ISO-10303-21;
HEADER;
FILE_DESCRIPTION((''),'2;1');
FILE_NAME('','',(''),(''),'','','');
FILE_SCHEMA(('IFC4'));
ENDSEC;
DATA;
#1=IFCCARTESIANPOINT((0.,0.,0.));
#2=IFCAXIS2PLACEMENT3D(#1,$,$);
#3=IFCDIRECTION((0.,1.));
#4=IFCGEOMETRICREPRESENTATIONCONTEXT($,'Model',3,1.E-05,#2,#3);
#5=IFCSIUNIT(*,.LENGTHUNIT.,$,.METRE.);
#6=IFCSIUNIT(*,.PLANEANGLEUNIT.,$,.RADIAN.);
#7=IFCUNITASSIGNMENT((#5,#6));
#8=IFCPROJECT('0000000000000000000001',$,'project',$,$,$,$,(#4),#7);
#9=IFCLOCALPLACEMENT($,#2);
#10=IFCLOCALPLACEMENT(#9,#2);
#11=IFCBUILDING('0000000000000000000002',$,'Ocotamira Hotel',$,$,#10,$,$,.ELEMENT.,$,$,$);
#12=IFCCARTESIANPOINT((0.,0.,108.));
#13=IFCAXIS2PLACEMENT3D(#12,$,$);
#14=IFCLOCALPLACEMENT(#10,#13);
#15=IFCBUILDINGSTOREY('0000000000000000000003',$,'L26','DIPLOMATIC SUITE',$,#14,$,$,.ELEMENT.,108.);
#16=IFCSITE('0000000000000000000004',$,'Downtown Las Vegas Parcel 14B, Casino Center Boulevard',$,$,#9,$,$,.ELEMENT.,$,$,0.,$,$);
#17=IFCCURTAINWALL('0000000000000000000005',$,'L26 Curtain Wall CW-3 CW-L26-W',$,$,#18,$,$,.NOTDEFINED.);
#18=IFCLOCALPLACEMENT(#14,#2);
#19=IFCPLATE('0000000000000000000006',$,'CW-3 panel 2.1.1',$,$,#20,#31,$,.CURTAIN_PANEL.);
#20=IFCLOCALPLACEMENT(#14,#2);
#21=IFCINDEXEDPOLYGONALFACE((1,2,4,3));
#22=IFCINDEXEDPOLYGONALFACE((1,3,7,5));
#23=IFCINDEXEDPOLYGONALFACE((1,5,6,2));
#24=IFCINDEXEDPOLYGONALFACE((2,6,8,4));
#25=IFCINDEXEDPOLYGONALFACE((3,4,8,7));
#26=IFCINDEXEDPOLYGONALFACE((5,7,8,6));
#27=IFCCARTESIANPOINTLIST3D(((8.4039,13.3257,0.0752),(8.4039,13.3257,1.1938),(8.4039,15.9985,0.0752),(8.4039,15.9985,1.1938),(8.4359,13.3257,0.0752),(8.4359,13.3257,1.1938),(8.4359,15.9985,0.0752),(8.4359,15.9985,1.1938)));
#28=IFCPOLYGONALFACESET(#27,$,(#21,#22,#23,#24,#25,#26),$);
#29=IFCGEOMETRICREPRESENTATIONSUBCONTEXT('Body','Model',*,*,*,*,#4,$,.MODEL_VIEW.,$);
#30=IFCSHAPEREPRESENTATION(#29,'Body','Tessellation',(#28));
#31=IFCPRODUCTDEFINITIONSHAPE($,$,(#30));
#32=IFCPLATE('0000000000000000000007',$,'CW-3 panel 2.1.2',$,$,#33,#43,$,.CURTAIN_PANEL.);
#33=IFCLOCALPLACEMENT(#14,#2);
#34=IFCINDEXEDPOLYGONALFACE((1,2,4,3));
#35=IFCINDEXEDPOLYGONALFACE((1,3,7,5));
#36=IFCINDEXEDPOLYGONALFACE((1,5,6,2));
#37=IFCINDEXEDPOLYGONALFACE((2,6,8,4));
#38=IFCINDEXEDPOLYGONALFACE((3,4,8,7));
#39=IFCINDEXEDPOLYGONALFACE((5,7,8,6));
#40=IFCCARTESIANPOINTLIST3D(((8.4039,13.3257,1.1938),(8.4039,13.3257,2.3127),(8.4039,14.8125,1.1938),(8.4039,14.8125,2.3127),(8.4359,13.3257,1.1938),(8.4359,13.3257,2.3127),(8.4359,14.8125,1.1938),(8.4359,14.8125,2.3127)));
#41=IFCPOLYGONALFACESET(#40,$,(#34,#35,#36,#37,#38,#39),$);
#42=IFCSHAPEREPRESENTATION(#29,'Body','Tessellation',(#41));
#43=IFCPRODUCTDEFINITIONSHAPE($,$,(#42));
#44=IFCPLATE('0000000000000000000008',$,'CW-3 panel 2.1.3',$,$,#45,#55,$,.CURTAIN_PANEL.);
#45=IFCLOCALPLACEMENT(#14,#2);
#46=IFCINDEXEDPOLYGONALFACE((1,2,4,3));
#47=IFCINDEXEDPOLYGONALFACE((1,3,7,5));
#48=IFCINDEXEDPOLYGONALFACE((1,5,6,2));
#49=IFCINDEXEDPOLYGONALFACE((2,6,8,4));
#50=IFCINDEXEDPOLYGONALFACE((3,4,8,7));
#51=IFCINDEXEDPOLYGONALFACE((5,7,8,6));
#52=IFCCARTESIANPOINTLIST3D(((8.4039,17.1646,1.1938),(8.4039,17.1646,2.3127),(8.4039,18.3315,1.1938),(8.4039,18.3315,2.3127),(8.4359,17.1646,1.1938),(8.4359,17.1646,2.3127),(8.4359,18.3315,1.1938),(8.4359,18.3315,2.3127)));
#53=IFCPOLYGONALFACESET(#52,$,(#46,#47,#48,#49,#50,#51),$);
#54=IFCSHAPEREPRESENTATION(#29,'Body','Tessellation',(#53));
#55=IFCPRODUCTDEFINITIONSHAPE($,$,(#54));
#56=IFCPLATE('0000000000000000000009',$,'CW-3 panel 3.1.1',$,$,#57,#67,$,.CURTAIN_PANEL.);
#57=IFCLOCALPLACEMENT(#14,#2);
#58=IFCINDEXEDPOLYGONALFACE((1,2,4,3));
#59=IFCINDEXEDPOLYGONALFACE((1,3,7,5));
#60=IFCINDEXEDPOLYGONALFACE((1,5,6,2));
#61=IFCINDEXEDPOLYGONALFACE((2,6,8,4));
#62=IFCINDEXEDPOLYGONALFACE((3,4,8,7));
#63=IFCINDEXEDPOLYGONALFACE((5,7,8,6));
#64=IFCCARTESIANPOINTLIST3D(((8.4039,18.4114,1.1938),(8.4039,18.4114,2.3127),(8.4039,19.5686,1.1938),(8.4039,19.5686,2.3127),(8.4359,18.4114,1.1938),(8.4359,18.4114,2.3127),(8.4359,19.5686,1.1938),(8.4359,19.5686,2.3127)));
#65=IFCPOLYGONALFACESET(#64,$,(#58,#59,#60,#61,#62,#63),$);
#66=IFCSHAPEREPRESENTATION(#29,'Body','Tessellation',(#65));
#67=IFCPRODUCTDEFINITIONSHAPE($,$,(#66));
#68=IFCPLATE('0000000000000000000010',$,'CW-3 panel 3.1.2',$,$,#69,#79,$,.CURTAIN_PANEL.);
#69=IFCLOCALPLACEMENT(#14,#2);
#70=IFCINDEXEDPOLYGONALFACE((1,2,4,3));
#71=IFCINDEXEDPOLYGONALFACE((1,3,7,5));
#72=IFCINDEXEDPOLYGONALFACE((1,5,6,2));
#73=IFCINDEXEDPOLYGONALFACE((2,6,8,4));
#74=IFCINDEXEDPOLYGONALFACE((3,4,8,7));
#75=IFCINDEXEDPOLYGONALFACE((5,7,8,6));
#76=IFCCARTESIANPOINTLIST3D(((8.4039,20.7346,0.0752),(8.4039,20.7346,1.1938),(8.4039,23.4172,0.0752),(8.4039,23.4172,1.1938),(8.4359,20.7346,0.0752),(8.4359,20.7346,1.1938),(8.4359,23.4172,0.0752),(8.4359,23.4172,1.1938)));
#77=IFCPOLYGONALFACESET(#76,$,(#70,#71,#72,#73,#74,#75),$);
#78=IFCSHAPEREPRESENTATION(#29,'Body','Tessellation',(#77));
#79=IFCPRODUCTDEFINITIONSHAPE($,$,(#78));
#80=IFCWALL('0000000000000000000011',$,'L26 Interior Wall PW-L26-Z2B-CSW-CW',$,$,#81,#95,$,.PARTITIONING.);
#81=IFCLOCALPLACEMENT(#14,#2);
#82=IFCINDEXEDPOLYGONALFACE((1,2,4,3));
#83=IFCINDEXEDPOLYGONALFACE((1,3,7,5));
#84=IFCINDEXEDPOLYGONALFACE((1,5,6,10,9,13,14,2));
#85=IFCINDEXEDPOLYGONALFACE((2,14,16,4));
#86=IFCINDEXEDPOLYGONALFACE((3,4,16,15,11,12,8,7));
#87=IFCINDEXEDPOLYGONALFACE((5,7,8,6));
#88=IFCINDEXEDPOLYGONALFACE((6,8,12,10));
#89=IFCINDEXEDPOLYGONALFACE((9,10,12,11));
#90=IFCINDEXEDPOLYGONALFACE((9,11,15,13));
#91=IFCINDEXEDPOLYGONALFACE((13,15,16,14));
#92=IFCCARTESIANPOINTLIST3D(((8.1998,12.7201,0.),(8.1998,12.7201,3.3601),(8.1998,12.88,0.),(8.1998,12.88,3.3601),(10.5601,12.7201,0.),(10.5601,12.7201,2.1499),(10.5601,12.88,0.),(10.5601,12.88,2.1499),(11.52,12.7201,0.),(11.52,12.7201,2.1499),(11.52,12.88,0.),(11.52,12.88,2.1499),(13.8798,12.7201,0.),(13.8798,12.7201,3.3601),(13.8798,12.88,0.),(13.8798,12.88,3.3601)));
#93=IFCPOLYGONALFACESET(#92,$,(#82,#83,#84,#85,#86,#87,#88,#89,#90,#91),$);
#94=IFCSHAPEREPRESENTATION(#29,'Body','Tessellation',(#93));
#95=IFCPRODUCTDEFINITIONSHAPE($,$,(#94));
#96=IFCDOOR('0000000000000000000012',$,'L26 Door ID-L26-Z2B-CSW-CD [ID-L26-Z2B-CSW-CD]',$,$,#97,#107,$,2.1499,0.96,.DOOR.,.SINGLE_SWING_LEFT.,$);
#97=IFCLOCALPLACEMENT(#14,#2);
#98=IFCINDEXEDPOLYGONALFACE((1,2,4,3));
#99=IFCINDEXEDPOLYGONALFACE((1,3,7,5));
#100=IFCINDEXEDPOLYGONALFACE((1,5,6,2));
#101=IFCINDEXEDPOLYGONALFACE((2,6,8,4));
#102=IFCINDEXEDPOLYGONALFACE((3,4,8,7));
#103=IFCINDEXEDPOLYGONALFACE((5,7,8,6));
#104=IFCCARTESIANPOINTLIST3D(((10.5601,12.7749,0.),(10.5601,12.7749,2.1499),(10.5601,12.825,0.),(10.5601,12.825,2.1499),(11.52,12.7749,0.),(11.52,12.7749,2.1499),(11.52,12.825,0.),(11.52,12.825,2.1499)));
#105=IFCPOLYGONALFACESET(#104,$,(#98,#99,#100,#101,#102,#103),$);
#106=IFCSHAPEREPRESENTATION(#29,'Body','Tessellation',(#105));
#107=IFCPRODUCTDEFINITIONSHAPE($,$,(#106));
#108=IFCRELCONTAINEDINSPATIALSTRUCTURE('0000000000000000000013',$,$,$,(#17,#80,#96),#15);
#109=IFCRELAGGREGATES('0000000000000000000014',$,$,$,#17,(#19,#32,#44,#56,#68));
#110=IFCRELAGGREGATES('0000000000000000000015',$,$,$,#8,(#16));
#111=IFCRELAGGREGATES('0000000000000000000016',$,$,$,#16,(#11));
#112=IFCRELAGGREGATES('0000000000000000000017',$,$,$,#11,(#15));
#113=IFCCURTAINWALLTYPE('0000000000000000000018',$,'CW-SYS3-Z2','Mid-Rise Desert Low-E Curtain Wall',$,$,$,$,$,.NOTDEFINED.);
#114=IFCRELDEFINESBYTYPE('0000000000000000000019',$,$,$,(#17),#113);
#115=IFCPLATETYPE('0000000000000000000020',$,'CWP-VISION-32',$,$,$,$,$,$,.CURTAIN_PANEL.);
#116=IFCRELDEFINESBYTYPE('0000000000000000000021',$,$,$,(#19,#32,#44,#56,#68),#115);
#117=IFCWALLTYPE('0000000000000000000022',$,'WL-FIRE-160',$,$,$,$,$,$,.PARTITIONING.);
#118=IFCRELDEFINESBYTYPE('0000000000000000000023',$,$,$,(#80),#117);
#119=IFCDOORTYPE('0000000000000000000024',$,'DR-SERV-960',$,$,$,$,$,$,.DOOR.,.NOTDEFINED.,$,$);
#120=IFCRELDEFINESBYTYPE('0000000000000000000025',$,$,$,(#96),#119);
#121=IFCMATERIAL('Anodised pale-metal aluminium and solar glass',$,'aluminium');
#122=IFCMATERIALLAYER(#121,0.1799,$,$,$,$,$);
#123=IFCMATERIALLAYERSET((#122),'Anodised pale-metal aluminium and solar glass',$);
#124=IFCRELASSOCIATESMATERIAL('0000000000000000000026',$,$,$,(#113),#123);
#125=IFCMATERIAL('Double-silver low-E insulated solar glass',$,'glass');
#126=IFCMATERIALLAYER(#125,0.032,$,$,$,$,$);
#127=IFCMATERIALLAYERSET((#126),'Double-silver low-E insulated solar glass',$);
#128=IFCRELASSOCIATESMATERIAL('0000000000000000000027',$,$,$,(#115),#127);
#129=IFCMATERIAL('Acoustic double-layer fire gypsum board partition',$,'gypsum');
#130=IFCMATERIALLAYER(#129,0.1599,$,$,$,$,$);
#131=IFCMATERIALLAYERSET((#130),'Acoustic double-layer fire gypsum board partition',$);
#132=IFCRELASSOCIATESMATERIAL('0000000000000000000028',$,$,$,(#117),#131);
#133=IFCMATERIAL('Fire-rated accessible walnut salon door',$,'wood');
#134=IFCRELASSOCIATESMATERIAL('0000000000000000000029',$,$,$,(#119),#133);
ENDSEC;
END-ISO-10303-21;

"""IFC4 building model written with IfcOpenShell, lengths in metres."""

from ifc_helpers import new_model, si_unit, direction, frame, frame_2d, origin, origin_2d, place, context, subcontext, project, spatial, rectangle, extrude, source, transform, mapped, material, layer, layer_set, type_object, element, fill, aggregate, save


model = new_model("IFC4")

# Units and contexts
model_context = context("Model", 3, precision=1e-05, world=origin(), true_north=direction((0.0, 1.0)))
body_context = subcontext(model_context, "Body", "Model", "MODEL_VIEW")
ifc_project = project(units=[si_unit("LENGTHUNIT", "METRE"), si_unit("PLANEANGLEUNIT", "RADIAN")], contexts=[model_context])

# Site, building, storey
site_placement = place(None, origin())
site = spatial("IfcSite", under=ifc_project, at=site_placement, Name="Downtown Las Vegas Parcel 14B, Casino Center Boulevard", CompositionType="ELEMENT", RefElevation=0.0)
building_placement = place(site_placement, origin())
building = spatial("IfcBuilding", under=site, at=building_placement, Name="Ocotamira Hotel", CompositionType="ELEMENT")
storey_placement = place(building_placement, frame((0.0, 0.0, 108.0)))
storey = spatial("IfcBuildingStorey", under=building, at=storey_placement, Name="L26", Description="DIPLOMATIC SUITE", CompositionType="ELEMENT", Elevation=108.0)

# Curtain wall
ifc_material_1 = material(Name="Anodised pale-metal aluminium and solar glass", Category="aluminium")
ifc_layer_1 = layer(ifc_material_1, 0.1799)
ifc_layer_set_1 = layer_set([ifc_layer_1], Name="Anodised pale-metal aluminium and solar glass")
curtain_wall_type = type_object("IfcCurtainWallType", Name="CW-SYS3-Z2", Description="Mid-Rise Desert Low-E Curtain Wall", PredefinedType="NOTDEFINED", material=ifc_layer_set_1)
curtain_wall_placement = place(storey_placement, origin())
curtain_wall = element("IfcCurtainWall", 1, at=curtain_wall_placement, inside=storey, type_object=curtain_wall_type, Name="L26 Curtain Wall CW-3 CW-L26-W", PredefinedType="NOTDEFINED")

# Plates
ifc_material_2 = material(Name="Double-silver low-E insulated solar glass", Category="glass")
ifc_layer_2 = layer(ifc_material_2, 0.032)
ifc_layer_set_2 = layer_set([ifc_layer_2], Name="Double-silver low-E insulated solar glass")
plate_type_1 = type_object("IfcPlateType", Name="CWP-VISION-32", PredefinedType="CURTAIN_PANEL", material=ifc_layer_set_2)
shared_shape_1 = source(origin(), body_context, "Body", "SweptSolid", [
    extrude(rectangle(XDim=2.6729, YDim=0.032, at=origin_2d()), origin(), (0.0, 0.0, 1.0), 1.1187),
])
plate_1_placement = place(storey_placement, frame((8.4199, 14.6621, 0.0752), z_axis=(0.0, 0.0, 1.0), x_axis=(0.0, 1.0, 0.0)))
plate_1 = element("IfcPlate", 2, at=plate_1_placement, type_object=plate_type_1, Name="CW-3 panel 2.1.1", PredefinedType="CURTAIN_PANEL", context=body_context, shape_type="MappedRepresentation", body=[
    mapped(shared_shape_1, transform((0.0, 0.0, 0.0), scale=1.0)),
])
shared_shape_2 = source(origin(), body_context, "Body", "SweptSolid", [
    extrude(rectangle(XDim=1.4868, YDim=0.032, at=origin_2d()), origin(), (0.0, 0.0, 1.0), 1.1189),
])
plate_2_placement = place(storey_placement, frame((8.4199, 14.0691, 1.1938), z_axis=(0.0, 0.0, 1.0), x_axis=(0.0, 1.0, 0.0)))
plate_2 = element("IfcPlate", 3, at=plate_2_placement, type_object=plate_type_1, Name="CW-3 panel 2.1.2", PredefinedType="CURTAIN_PANEL", context=body_context, shape_type="MappedRepresentation", body=[
    mapped(shared_shape_2, transform((0.0, 0.0, 0.0), scale=1.0)),
])
shared_shape_3 = source(origin(), body_context, "Body", "SweptSolid", [
    extrude(rectangle(XDim=1.167, YDim=0.032, at=origin_2d()), origin(), (0.0, 0.0, 1.0), 1.1189),
])
plate_3_placement = place(storey_placement, frame((8.4199, 17.748, 1.1938), z_axis=(0.0, 0.0, 1.0), x_axis=(0.0, 1.0, 0.0)))
plate_3 = element("IfcPlate", 4, at=plate_3_placement, type_object=plate_type_1, Name="CW-3 panel 2.1.3", PredefinedType="CURTAIN_PANEL", context=body_context, shape_type="MappedRepresentation", body=[
    mapped(shared_shape_3, transform((0.0, 0.0, 0.0), scale=1.0)),
])
shared_shape_4 = source(origin(), body_context, "Body", "SweptSolid", [
    extrude(rectangle(XDim=1.1572, YDim=0.032, at=origin_2d()), origin(), (0.0, 0.0, 1.0), 1.1189),
])
plate_4_placement = place(storey_placement, frame((8.4199, 18.99, 1.1938), z_axis=(0.0, 0.0, 1.0), x_axis=(0.0, 1.0, 0.0)))
plate_4 = element("IfcPlate", 5, at=plate_4_placement, type_object=plate_type_1, Name="CW-3 panel 3.1.1", PredefinedType="CURTAIN_PANEL", context=body_context, shape_type="MappedRepresentation", body=[
    mapped(shared_shape_4, transform((0.0, 0.0, 0.0), scale=1.0)),
])
shared_shape_5 = source(origin(), body_context, "Body", "SweptSolid", [
    extrude(rectangle(XDim=2.6826, YDim=0.032, at=origin_2d()), origin(), (0.0, 0.0, 1.0), 1.1187),
])
plate_5_placement = place(storey_placement, frame((8.4199, 22.0759, 0.0752), z_axis=(0.0, 0.0, 1.0), x_axis=(0.0, 1.0, 0.0)))
plate_5 = element("IfcPlate", 6, at=plate_5_placement, type_object=plate_type_1, Name="CW-3 panel 3.1.2", PredefinedType="CURTAIN_PANEL", context=body_context, shape_type="MappedRepresentation", body=[
    mapped(shared_shape_5, transform((0.0, 0.0, 0.0), scale=1.0)),
])
aggregate(curtain_wall, [plate_1, plate_2, plate_3, plate_4, plate_5])

# Wall, opening, door
ifc_material_3 = material(Name="Acoustic double-layer fire gypsum board partition", Category="gypsum")
ifc_layer_3 = layer(ifc_material_3, 0.1599)
ifc_layer_set_3 = layer_set([ifc_layer_3], Name="Acoustic double-layer fire gypsum board partition")
wall_type_1 = type_object("IfcWallType", Name="WL-FIRE-160", PredefinedType="PARTITIONING", material=ifc_layer_set_3)
wall_1_placement = place(storey_placement, frame((8.2, 12.8, 0.0), z_axis=(0.0, 0.0, 1.0), x_axis=(1.0, 0.0, 0.0)))
wall_1 = element("IfcWall", 7, at=wall_1_placement, inside=storey, type_object=wall_type_1, Name="L26 Interior Wall PW-L26-Z2B-CSW-CW", PredefinedType="PARTITIONING", context=body_context, shape_type="SweptSolid", body=[
    extrude(rectangle(XDim=5.6799, YDim=0.1599, at=frame_2d((2.8398, 0.0))), origin(), (0.0, 0.0, 1.0), 3.3601),
])
opening_1_placement = place(wall_1_placement, frame((2.3601, 0.0, 0.0)))
opening_1 = element("IfcOpeningElement", 8, at=opening_1_placement, cuts=wall_1, PredefinedType="OPENING", context=body_context, shape_type="SweptSolid", body=[
    extrude(rectangle(XDim=0.96, YDim=2.1499, at=frame_2d((0.48, 1.075))), frame((0.0, 0.0898, 0.0), z_axis=(0.0, -1.0, 0.0), x_axis=(1.0, 0.0, 0.0)), (0.0, 0.0, 1.0), 0.1799),
])
ifc_material_4 = material(Name="Fire-rated accessible walnut salon door", Category="wood")
door_type_1 = type_object("IfcDoorType", Name="DR-SERV-960", OperationType="NOTDEFINED", PredefinedType="DOOR", material=ifc_material_4)
shared_shape_6 = source(origin(), body_context, "Body", "SweptSolid", [
    extrude(rectangle(XDim=0.96, YDim=2.1499, at=frame_2d((0.48, 1.075))), frame((0.0, 0.0249, 0.0), z_axis=(0.0, -1.0, 0.0), x_axis=(1.0, 0.0, 0.0)), (0.0, 0.0, 1.0), 0.05),
])
door_1_placement = place(opening_1_placement, origin())
door_1 = element("IfcDoor", 9, at=door_1_placement, inside=storey, type_object=door_type_1, Name="L26 Door ID-L26-Z2B-CSW-CD [ID-L26-Z2B-CSW-CD]", OperationType="SINGLE_SWING_LEFT", OverallHeight=2.1499, OverallWidth=0.96, PredefinedType="DOOR", context=body_context, shape_type="MappedRepresentation", body=[
    mapped(shared_shape_6, transform((0.0, 0.0, 0.0), scale=1.0)),
])
fill(opening_1, door_1)

save(model, "model.ifc")
